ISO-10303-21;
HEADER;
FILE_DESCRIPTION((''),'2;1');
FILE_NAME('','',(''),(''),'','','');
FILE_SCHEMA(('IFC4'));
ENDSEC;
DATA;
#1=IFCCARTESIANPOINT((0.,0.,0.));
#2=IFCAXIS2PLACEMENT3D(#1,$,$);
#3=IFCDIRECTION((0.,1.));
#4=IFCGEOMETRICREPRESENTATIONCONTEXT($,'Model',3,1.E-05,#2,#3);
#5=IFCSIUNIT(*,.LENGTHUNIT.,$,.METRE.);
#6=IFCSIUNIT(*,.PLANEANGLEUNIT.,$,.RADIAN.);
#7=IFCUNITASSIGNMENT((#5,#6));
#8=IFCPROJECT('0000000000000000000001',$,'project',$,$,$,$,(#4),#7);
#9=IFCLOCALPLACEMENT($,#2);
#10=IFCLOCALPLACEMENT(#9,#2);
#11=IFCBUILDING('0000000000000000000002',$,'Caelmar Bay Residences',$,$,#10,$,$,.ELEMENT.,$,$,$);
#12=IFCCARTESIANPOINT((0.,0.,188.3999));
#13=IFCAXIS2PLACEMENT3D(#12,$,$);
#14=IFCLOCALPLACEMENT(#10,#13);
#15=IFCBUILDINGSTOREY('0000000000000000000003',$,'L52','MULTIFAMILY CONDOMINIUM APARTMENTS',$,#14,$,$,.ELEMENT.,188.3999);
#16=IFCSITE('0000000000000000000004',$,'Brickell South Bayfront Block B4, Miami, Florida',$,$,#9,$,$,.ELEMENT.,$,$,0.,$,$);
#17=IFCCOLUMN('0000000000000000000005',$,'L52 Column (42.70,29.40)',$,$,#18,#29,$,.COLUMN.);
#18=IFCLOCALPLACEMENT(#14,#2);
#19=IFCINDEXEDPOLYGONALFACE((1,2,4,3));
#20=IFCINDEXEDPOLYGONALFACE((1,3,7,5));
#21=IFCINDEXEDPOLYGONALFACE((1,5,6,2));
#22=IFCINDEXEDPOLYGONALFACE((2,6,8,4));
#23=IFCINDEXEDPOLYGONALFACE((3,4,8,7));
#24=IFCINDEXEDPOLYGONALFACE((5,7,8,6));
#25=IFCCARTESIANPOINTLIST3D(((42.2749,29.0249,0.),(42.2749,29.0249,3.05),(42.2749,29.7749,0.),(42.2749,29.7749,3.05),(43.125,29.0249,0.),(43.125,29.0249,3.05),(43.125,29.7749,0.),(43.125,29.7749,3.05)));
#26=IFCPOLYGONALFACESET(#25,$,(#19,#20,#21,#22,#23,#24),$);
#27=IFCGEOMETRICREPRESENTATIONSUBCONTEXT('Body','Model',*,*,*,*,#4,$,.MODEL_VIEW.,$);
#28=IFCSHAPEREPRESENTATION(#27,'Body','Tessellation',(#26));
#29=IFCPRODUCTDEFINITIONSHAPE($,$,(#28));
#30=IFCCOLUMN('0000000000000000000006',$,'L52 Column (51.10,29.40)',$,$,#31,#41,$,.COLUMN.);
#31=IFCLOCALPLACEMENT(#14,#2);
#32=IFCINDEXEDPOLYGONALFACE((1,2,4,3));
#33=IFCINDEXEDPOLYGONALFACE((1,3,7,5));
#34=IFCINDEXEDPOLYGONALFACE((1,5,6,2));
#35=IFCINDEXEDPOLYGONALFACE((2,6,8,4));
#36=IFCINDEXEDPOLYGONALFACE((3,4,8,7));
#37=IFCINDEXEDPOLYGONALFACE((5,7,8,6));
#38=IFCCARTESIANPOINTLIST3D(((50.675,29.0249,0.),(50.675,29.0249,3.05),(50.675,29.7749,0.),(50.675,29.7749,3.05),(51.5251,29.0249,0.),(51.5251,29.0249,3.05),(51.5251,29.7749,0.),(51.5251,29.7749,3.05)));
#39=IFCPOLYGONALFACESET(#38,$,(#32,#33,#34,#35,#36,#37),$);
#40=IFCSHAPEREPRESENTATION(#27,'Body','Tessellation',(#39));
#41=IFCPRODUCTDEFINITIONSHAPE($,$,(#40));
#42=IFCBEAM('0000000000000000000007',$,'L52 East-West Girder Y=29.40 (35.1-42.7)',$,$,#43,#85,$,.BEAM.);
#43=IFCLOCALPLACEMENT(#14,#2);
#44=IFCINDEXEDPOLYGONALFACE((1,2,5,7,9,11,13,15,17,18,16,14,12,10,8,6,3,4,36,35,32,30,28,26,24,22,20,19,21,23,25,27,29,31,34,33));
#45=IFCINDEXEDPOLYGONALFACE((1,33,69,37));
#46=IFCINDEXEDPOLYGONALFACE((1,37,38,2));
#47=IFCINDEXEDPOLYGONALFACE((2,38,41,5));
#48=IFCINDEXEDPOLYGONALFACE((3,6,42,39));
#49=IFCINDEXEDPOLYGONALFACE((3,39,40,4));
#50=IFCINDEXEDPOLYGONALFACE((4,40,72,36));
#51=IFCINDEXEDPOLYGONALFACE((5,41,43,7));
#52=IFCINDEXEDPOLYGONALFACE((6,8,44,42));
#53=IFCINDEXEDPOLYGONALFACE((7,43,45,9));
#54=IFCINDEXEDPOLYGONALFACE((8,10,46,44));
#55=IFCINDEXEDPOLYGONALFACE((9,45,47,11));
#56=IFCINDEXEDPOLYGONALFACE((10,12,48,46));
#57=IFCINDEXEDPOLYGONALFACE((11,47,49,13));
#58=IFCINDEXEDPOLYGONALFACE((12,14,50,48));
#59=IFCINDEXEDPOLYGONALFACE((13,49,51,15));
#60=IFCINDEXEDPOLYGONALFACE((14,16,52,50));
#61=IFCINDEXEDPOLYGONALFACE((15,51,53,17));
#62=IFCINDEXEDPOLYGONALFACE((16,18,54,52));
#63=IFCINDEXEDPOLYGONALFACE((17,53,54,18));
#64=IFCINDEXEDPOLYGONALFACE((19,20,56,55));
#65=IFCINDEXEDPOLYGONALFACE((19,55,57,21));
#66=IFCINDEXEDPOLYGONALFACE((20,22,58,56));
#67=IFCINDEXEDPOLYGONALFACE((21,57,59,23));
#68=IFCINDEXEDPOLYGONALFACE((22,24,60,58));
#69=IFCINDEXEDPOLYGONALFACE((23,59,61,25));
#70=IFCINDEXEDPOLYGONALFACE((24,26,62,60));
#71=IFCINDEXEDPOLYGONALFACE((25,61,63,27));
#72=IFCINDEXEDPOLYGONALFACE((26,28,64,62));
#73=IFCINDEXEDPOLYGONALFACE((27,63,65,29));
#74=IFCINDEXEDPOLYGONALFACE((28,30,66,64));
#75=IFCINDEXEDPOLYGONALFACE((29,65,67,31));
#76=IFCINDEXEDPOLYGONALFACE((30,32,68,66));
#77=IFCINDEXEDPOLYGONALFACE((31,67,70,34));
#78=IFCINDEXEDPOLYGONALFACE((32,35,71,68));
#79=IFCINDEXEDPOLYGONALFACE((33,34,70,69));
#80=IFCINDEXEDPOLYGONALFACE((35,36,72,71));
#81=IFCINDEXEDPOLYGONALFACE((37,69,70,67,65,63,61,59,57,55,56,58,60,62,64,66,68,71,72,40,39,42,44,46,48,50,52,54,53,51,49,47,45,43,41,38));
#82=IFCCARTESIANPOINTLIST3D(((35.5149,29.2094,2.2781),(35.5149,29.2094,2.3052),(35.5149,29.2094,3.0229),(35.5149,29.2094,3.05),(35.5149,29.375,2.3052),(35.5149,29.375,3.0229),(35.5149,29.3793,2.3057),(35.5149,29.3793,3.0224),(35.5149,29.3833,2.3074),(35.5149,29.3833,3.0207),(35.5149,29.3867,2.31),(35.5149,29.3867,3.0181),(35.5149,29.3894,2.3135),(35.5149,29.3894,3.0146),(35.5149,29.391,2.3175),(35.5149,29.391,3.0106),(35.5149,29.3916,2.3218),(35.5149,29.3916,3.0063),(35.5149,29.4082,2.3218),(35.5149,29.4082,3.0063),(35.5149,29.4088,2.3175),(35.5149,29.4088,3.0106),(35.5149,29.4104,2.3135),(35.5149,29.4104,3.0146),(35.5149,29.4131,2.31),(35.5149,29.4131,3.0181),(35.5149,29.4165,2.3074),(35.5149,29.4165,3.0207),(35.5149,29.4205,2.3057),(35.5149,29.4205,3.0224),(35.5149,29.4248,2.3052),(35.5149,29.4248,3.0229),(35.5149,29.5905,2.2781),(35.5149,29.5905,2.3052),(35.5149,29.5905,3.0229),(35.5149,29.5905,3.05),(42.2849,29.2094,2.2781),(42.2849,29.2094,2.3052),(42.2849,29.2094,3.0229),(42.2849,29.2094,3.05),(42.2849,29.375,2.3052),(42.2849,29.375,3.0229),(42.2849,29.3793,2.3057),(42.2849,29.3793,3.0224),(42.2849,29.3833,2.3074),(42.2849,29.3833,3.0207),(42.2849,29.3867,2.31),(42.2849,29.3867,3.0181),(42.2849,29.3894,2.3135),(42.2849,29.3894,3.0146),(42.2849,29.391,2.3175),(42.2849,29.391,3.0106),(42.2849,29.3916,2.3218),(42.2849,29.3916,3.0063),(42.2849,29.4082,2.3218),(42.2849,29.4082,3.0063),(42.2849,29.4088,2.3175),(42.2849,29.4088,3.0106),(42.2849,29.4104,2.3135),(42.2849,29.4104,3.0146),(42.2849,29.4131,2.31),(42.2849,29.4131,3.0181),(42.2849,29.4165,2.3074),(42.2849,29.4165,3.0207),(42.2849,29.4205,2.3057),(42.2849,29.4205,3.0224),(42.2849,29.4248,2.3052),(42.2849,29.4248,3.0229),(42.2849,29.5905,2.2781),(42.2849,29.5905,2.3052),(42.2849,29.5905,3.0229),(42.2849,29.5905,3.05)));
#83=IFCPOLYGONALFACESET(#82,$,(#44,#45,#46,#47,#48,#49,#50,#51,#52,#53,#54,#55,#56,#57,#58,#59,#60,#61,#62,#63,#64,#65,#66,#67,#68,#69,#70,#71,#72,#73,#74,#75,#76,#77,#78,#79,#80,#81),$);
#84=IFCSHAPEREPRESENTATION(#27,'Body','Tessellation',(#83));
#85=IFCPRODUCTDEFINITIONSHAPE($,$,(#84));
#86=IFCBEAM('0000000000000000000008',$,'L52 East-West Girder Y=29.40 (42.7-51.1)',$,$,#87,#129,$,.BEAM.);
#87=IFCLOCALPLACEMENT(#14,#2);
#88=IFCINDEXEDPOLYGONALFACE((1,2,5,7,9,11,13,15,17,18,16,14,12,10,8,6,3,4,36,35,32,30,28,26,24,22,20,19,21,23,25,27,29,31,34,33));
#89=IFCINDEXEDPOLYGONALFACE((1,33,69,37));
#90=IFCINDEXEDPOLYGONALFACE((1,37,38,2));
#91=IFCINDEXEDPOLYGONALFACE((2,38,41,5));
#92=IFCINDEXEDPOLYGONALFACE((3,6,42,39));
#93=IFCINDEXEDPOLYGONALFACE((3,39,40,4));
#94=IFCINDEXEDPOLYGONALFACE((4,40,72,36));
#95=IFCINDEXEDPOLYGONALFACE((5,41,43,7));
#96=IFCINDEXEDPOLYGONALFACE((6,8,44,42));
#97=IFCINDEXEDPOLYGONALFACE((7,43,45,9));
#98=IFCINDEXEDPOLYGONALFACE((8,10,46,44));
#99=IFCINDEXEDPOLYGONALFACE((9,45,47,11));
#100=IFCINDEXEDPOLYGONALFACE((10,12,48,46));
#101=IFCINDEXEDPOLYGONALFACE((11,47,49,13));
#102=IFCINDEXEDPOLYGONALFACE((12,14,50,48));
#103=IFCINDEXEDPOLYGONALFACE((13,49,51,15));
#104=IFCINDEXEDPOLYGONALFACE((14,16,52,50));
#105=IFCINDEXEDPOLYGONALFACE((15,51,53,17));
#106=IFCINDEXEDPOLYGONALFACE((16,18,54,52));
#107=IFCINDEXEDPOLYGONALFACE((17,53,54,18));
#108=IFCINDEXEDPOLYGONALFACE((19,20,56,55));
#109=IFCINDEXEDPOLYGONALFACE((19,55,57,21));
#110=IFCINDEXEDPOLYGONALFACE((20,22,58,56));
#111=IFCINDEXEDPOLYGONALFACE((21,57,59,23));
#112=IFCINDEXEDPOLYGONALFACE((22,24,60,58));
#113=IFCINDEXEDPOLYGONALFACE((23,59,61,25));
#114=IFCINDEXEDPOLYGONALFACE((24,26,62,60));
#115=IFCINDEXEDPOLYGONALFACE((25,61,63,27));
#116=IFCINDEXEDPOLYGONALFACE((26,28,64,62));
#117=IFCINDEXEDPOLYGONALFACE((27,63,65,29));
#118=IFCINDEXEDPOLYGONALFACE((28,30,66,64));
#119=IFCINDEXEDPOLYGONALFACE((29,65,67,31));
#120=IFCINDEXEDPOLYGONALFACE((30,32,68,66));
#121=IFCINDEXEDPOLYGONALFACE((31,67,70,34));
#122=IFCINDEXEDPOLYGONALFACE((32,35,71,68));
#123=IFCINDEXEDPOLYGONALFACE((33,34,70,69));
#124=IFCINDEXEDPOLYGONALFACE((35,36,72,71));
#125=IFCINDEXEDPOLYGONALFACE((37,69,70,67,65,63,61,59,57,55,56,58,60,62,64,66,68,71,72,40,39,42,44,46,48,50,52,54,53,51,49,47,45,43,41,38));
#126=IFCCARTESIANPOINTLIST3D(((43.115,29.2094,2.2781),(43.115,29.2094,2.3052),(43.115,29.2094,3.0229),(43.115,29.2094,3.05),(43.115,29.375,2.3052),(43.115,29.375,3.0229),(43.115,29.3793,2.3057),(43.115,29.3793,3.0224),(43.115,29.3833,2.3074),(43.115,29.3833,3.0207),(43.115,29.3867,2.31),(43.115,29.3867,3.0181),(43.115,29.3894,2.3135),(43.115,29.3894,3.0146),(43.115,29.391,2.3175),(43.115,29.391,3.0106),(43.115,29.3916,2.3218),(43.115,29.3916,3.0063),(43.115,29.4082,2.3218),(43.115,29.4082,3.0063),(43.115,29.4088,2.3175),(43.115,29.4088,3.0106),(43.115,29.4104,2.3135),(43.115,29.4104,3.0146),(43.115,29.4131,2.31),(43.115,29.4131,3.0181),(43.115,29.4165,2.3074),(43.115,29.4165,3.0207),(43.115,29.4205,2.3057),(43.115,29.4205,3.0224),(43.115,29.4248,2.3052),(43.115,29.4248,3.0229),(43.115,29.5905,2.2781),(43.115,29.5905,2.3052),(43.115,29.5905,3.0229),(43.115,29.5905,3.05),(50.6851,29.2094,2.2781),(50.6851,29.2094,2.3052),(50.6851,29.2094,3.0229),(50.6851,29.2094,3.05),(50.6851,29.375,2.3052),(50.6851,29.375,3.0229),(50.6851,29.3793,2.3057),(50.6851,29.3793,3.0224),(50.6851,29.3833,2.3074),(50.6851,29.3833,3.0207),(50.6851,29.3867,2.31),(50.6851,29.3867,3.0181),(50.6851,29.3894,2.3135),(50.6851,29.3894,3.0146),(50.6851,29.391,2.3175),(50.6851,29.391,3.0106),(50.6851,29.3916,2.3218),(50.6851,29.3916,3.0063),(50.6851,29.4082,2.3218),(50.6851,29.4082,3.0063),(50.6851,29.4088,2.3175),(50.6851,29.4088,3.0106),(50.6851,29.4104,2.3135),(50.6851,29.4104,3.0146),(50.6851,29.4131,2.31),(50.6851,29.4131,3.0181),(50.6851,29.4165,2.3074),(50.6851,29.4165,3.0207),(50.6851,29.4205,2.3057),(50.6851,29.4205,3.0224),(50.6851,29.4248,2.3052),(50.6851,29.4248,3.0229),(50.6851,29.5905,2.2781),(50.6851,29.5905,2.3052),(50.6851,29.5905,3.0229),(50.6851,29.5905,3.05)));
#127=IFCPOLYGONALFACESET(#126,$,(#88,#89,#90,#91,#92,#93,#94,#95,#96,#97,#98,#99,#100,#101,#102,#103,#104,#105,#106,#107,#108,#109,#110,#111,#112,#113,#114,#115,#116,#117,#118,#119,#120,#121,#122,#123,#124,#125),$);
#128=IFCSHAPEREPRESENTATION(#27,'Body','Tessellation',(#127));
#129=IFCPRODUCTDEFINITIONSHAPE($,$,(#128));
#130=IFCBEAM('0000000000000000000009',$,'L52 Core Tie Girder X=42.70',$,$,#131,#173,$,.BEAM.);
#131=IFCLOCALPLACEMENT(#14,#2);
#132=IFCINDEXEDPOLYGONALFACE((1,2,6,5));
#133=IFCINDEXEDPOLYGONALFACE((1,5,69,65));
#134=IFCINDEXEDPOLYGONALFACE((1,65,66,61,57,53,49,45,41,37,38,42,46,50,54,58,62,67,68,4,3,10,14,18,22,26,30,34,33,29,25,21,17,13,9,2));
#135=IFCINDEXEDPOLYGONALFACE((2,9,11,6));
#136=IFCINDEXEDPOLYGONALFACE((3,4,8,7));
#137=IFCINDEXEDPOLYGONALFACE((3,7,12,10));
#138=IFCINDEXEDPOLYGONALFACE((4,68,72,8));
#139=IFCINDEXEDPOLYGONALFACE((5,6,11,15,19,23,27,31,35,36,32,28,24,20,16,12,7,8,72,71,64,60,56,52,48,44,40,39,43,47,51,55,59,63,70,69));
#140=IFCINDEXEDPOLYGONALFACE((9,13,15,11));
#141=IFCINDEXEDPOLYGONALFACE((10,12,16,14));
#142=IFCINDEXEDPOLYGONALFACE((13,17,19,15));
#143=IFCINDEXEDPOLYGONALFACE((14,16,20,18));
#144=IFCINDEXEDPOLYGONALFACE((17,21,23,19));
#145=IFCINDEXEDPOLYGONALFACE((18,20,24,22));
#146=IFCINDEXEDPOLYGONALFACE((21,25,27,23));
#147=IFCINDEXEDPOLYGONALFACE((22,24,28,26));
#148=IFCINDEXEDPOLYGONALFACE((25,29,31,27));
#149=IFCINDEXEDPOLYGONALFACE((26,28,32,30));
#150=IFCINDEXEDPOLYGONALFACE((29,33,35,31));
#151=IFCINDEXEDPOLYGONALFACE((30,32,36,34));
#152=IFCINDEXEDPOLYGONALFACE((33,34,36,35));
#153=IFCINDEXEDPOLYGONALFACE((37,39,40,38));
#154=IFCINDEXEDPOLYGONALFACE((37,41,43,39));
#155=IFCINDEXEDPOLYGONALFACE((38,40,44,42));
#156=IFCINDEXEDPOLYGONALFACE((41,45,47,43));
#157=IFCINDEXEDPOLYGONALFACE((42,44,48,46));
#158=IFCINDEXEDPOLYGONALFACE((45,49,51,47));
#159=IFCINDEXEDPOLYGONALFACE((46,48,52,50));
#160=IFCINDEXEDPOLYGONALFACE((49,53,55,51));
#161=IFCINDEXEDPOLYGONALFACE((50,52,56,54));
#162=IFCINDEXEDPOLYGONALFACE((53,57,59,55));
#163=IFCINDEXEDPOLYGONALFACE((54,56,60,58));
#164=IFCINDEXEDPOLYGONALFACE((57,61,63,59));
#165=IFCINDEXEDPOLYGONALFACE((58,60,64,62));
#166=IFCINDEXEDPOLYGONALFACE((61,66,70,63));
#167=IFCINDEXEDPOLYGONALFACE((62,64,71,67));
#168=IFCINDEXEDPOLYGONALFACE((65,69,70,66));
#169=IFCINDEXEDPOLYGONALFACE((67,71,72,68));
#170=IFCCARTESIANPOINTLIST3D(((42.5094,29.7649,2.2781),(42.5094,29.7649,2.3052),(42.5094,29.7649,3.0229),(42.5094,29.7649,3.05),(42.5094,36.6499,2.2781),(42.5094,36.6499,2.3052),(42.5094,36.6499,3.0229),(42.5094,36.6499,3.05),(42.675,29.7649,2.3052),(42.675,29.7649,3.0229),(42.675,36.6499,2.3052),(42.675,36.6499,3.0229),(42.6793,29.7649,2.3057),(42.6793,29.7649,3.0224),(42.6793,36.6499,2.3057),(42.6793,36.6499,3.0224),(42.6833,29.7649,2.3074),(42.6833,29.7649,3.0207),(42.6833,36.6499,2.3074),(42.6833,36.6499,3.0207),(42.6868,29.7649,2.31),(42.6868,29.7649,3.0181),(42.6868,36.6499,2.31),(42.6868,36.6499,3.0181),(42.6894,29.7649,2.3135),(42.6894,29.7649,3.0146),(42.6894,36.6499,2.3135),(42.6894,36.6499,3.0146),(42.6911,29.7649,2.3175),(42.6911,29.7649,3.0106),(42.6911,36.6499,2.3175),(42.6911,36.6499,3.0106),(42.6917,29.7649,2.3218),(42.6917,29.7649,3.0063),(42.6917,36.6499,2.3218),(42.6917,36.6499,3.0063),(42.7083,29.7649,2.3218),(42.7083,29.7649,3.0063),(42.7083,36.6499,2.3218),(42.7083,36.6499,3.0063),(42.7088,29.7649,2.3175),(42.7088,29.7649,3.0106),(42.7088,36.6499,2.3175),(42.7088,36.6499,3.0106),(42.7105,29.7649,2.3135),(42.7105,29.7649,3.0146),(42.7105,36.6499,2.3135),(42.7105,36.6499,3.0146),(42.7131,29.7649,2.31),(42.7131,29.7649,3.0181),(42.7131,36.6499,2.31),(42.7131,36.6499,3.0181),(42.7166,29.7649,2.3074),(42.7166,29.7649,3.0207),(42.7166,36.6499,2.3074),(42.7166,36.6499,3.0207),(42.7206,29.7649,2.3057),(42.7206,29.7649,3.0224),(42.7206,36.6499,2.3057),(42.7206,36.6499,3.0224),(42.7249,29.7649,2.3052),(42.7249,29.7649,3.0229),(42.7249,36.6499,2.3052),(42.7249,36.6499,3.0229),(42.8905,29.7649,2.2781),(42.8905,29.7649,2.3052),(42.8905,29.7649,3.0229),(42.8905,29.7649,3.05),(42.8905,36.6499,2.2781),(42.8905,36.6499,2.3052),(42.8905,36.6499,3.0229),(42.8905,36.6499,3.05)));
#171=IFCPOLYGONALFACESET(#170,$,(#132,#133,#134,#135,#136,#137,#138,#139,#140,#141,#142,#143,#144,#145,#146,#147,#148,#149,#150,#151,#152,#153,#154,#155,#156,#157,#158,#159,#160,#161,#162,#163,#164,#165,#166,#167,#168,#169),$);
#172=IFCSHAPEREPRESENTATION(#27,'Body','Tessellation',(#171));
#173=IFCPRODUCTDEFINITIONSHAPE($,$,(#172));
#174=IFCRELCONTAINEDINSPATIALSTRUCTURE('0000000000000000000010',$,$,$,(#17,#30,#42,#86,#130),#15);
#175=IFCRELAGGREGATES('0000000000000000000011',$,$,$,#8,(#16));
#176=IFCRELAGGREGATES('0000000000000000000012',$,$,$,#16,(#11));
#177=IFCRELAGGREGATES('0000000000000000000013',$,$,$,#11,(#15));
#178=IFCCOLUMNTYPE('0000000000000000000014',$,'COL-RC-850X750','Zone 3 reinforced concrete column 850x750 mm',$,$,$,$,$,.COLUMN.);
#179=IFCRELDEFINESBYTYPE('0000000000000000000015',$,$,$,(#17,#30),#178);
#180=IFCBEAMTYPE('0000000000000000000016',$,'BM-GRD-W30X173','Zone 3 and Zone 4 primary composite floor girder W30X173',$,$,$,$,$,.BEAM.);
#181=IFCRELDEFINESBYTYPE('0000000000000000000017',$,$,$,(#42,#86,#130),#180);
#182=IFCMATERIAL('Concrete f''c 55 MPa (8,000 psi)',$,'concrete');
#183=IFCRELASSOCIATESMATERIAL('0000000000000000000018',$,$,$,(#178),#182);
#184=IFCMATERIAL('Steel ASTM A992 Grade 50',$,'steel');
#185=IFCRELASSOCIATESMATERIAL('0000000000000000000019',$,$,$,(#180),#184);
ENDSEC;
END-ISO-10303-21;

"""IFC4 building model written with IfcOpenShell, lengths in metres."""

from ifc_helpers import new_model, si_unit, direction, frame, origin, origin_2d, place, context, subcontext, project, spatial, rectangle, i_section, extrude, material, material_profile, profile_set, type_object, element, save


model = new_model("IFC4")

# Units and contexts
model_context = context("Model", 3, precision=1e-05, world=origin(), true_north=direction((0.0, 1.0)))
body_context = subcontext(model_context, "Body", "Model", "MODEL_VIEW")
ifc_project = project(units=[si_unit("LENGTHUNIT", "METRE"), si_unit("PLANEANGLEUNIT", "RADIAN")], contexts=[model_context])

# Site, building, storey
site_placement = place(None, origin())
site = spatial("IfcSite", under=ifc_project, at=site_placement, Name="Brickell South Bayfront Block B4, Miami, Florida", CompositionType="ELEMENT", RefElevation=0.0)
building_placement = place(site_placement, origin())
building = spatial("IfcBuilding", under=site, at=building_placement, Name="Caelmar Bay Residences", CompositionType="ELEMENT")
storey_placement = place(building_placement, frame((0.0, 0.0, 188.3999)))
storey = spatial("IfcBuildingStorey", under=building, at=storey_placement, Name="L52", Description="MULTIFAMILY CONDOMINIUM APARTMENTS", CompositionType="ELEMENT", Elevation=188.3999)

# Columns
ifc_material_1 = material(Name="Concrete f'c 55 MPa (8,000 psi)", Category="concrete")
ifc_material_profile_1 = material_profile(ifc_material_1, rectangle(XDim=0.8501, YDim=0.75, at=origin_2d()), Name="RC-COL-850X750")
ifc_profile_set_1 = profile_set([ifc_material_profile_1], Name="Concrete f'c 55 MPa (8,000 psi)")
column_type = type_object("IfcColumnType", Name="COL-RC-850X750", Description="Zone 3 reinforced concrete column 850x750 mm", PredefinedType="COLUMN", material=ifc_profile_set_1)
for number, where, z_axis, x_axis, name in (
    (1, (42.7, 29.3999, 0.0), (0.0, 0.0, 1.0), (1.0, 0.0, 0.0), "L52 Column (42.70,29.40)"),
    (2, (51.1001, 29.3999, 0.0), (0.0, 0.0, 1.0), (1.0, 0.0, 0.0), "L52 Column (51.10,29.40)"),
):
    element("IfcColumn", number, at=place(storey_placement, frame(where, z_axis=z_axis, x_axis=x_axis)), inside=storey, type_object=column_type, Name=name, PredefinedType="COLUMN", context=body_context, shape_type="SweptSolid", body=[
        extrude(rectangle(XDim=0.8501, YDim=0.75, at=origin_2d()), origin(), (0.0, 0.0, 1.0), 3.05),
    ])

# Beams
ifc_material_2 = material(Name="Steel ASTM A992 Grade 50", Category="steel")
ifc_material_profile_2 = material_profile(ifc_material_2, i_section(OverallWidth=0.3811, OverallDepth=0.772, WebThickness=0.0166, FlangeThickness=0.0271, FilletRadius=0.0166, at=origin_2d()), Name="W30X173")
ifc_profile_set_2 = profile_set([ifc_material_profile_2], Name="Steel ASTM A992 Grade 50")
beam_type_1 = type_object("IfcBeamType", Name="BM-GRD-W30X173", Description="Zone 3 and Zone 4 primary composite floor girder W30X173", PredefinedType="BEAM", material=ifc_profile_set_2)
beam_1_placement = place(storey_placement, frame((35.5149, 29.3999, 2.6641), z_axis=(1.0, 0.0, 0.0), x_axis=(0.0, 1.0, 0.0)))
element("IfcBeam", 3, at=beam_1_placement, inside=storey, type_object=beam_type_1, Name="L52 East-West Girder Y=29.40 (35.1-42.7)", PredefinedType="BEAM", context=body_context, shape_type="SweptSolid", body=[
    extrude(i_section(OverallWidth=0.3811, OverallDepth=0.772, WebThickness=0.0166, FlangeThickness=0.0271, FilletRadius=0.0166, at=origin_2d()), origin(), (0.0, 0.0, 1.0), 6.77),
])
beam_2_placement = place(storey_placement, frame((43.115, 29.3999, 2.6641), z_axis=(1.0, 0.0, 0.0), x_axis=(0.0, 1.0, 0.0)))
element("IfcBeam", 4, at=beam_2_placement, inside=storey, type_object=beam_type_1, Name="L52 East-West Girder Y=29.40 (42.7-51.1)", PredefinedType="BEAM", context=body_context, shape_type="SweptSolid", body=[
    extrude(i_section(OverallWidth=0.3811, OverallDepth=0.772, WebThickness=0.0166, FlangeThickness=0.0271, FilletRadius=0.0166, at=origin_2d()), origin(), (0.0, 0.0, 1.0), 7.5701),
])
beam_3_placement = place(storey_placement, frame((42.7, 29.7649, 2.6641), z_axis=(0.0, 1.0, 0.0), x_axis=(-1.0, 0.0, 0.0)))
element("IfcBeam", 5, at=beam_3_placement, inside=storey, type_object=beam_type_1, Name="L52 Core Tie Girder X=42.70", PredefinedType="BEAM", context=body_context, shape_type="SweptSolid", body=[
    extrude(i_section(OverallWidth=0.3811, OverallDepth=0.772, WebThickness=0.0166, FlangeThickness=0.0271, FilletRadius=0.0166, at=origin_2d()), origin(), (0.0, 0.0, 1.0), 6.885),
])

save(model, "model.ifc")
